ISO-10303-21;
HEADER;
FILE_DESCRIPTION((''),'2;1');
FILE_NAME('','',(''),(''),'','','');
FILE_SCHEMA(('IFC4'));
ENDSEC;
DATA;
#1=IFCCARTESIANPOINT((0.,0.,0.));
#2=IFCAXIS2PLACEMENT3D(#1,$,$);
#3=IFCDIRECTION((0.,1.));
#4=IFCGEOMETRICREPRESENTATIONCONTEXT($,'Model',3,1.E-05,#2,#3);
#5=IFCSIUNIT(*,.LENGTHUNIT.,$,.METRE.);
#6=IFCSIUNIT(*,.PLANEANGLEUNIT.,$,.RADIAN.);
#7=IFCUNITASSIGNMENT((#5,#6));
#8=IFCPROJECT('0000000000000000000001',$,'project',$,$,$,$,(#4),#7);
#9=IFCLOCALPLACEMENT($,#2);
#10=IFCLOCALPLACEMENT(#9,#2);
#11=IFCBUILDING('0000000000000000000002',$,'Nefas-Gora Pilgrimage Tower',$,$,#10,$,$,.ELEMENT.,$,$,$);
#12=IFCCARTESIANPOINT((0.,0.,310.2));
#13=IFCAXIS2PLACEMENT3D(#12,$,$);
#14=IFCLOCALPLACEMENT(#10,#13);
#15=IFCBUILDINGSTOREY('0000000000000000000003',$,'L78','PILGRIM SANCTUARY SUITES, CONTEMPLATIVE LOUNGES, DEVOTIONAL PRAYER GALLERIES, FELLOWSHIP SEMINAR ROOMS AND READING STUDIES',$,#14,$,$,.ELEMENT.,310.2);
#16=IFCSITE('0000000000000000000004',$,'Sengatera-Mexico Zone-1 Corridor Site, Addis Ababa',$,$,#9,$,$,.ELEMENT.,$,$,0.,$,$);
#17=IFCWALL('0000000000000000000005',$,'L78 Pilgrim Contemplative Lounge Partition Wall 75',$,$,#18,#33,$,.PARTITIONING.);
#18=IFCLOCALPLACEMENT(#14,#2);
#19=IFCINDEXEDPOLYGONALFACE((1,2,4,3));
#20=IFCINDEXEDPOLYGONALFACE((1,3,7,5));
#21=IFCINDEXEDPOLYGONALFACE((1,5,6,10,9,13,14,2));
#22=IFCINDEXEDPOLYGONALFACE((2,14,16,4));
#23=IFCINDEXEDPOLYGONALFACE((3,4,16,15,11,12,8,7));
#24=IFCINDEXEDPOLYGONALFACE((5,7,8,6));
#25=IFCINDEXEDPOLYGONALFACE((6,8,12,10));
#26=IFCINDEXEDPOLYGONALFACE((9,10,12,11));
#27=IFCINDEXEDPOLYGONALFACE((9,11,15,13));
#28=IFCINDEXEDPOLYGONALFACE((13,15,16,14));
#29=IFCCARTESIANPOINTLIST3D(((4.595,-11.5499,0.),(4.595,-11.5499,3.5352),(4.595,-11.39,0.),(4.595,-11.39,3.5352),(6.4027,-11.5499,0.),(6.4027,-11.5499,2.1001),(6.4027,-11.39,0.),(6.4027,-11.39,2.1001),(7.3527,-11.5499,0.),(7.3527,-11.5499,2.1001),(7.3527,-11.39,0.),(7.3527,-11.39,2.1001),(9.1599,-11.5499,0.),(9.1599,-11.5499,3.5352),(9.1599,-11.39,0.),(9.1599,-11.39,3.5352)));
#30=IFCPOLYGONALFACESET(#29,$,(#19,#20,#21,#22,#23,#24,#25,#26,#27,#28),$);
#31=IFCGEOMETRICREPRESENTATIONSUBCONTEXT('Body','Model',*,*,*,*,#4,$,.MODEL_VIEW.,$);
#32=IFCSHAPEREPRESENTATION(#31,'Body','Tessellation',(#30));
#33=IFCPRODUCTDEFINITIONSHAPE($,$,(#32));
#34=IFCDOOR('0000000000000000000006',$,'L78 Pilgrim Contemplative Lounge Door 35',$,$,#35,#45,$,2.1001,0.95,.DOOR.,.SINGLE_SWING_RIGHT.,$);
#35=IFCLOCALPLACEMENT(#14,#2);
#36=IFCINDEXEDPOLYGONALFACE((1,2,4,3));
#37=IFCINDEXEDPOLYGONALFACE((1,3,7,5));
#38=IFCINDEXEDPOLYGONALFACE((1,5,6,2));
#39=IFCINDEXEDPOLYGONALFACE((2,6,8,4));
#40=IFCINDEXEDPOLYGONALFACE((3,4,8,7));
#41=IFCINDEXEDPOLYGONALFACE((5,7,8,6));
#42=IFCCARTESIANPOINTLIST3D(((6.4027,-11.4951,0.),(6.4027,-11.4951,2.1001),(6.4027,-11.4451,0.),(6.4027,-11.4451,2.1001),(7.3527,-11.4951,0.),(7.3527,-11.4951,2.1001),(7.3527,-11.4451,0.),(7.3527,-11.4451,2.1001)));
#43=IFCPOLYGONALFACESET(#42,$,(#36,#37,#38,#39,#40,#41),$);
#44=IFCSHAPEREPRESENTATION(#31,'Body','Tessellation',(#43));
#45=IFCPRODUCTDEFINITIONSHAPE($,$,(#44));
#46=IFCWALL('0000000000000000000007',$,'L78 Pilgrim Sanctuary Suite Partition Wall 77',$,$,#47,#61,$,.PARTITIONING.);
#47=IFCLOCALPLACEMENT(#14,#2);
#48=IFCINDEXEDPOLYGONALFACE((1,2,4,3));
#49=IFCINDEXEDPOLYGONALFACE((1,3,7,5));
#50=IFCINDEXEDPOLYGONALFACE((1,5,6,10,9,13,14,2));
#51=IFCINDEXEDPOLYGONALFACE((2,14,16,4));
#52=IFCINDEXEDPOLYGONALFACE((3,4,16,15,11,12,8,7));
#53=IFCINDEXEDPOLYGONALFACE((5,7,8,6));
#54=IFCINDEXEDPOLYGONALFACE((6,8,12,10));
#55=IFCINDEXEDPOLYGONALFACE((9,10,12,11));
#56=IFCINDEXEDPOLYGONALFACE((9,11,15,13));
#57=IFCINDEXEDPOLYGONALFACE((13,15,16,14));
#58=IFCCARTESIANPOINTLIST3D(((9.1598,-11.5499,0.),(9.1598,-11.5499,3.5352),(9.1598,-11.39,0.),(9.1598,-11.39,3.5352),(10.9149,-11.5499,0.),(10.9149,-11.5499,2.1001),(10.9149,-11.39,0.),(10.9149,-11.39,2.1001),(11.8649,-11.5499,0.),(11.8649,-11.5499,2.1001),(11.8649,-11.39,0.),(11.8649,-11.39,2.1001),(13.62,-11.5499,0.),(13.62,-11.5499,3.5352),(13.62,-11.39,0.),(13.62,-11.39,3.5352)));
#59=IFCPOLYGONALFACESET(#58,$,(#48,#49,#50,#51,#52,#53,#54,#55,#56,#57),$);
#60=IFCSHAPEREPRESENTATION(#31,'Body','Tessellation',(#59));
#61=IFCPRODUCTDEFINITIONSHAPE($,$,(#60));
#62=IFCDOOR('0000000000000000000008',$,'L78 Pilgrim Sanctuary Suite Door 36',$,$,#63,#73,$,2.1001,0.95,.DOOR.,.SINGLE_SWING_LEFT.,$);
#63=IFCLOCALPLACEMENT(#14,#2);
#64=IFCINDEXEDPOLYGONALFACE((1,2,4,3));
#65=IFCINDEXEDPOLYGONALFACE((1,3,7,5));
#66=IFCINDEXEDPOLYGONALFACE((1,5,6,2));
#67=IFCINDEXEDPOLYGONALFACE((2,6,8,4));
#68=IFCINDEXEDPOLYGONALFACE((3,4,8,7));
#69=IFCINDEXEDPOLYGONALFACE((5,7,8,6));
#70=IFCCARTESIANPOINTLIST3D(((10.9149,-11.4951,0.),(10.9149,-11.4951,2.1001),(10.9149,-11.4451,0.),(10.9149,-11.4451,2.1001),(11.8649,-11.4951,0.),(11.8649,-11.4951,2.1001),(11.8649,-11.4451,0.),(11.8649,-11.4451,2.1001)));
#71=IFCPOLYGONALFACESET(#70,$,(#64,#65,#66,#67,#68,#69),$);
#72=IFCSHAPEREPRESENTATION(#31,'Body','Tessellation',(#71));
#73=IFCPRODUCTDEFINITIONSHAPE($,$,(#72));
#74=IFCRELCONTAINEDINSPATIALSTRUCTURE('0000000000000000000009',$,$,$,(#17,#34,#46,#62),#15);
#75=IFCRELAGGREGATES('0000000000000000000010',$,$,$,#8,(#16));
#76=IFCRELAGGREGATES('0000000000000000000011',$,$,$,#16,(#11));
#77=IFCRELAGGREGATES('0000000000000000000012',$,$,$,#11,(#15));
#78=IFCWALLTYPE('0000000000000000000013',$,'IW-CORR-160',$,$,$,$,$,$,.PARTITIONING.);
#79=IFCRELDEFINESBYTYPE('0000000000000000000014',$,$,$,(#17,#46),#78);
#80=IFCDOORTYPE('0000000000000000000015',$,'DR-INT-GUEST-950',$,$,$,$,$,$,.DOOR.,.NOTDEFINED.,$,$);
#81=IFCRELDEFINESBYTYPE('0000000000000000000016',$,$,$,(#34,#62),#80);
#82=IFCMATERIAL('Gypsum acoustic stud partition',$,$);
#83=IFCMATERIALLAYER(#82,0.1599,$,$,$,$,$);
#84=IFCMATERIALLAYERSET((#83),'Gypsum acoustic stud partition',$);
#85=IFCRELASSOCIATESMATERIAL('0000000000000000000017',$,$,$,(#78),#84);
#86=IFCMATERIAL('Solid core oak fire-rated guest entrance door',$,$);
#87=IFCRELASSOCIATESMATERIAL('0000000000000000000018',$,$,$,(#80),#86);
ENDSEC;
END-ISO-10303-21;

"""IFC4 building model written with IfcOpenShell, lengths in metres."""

from ifc_helpers import new_model, si_unit, direction, frame, frame_2d, origin, place, context, subcontext, project, spatial, rectangle, extrude, source, transform, mapped, material, layer, layer_set, type_object, element, fill, save


model = new_model("IFC4")

# Units and contexts
model_context = context("Model", 3, precision=1e-05, world=origin(), true_north=direction((0.0, 1.0)))
body_context = subcontext(model_context, "Body", "Model", "MODEL_VIEW")
ifc_project = project(units=[si_unit("LENGTHUNIT", "METRE"), si_unit("PLANEANGLEUNIT", "RADIAN")], contexts=[model_context])

# Site, building, storey
site_placement = place(None, origin())
site = spatial("IfcSite", under=ifc_project, at=site_placement, Name="Sengatera-Mexico Zone-1 Corridor Site, Addis Ababa", CompositionType="ELEMENT", RefElevation=0.0)
building_placement = place(site_placement, origin())
building = spatial("IfcBuilding", under=site, at=building_placement, Name="Nefas-Gora Pilgrimage Tower", CompositionType="ELEMENT")
storey_placement = place(building_placement, frame((0.0, 0.0, 310.2)))
storey = spatial("IfcBuildingStorey", under=building, at=storey_placement, Name="L78", Description="PILGRIM SANCTUARY SUITES, CONTEMPLATIVE LOUNGES, DEVOTIONAL PRAYER GALLERIES, FELLOWSHIP SEMINAR ROOMS AND READING STUDIES", CompositionType="ELEMENT", Elevation=310.2)

# Shared definitions
ifc_material_1 = material(Name="Gypsum acoustic stud partition")
ifc_layer_1 = layer(ifc_material_1, 0.1599)
ifc_layer_set_1 = layer_set([ifc_layer_1], Name="Gypsum acoustic stud partition")
wall_type_1 = type_object("IfcWallType", Name="IW-CORR-160", PredefinedType="PARTITIONING", material=ifc_layer_set_1)
ifc_material_2 = material(Name="Solid core oak fire-rated guest entrance door")
door_type_1 = type_object("IfcDoorType", Name="DR-INT-GUEST-950", OperationType="NOTDEFINED", PredefinedType="DOOR", material=ifc_material_2)
shared_shape_1 = source(origin(), body_context, "Body", "SweptSolid", [
    extrude(rectangle(XDim=0.95, YDim=2.1001, at=frame_2d((0.4751, 1.05))), frame((0.0, 0.0249, 0.0), z_axis=(0.0, -1.0, 0.0), x_axis=(1.0, 0.0, 0.0)), (0.0, 0.0, 1.0), 0.05),
])

# Walls, openings, doors
shared_shape_2 = source(origin(), body_context, "Body", "SweptSolid", [
    extrude(rectangle(XDim=4.5649, YDim=0.1599, at=frame_2d((2.2825, 0.0))), origin(), (0.0, 0.0, 1.0), 3.5352),
])
wall_1_placement = place(storey_placement, frame((4.595, -11.47, 0.0), z_axis=(0.0, 0.0, 1.0), x_axis=(1.0, 0.0, 0.0)))
wall_1 = element("IfcWall", 1, at=wall_1_placement, inside=storey, type_object=wall_type_1, Name="L78 Pilgrim Contemplative Lounge Partition Wall 75", PredefinedType="PARTITIONING", context=body_context, shape_type="MappedRepresentation", body=[
    mapped(shared_shape_2, transform((0.0, 0.0, 0.0), x_axis=(1.0, 0.0, 0.0), y_axis=(0.0, 1.0, 0.0), z_axis=(0.0, 0.0, 1.0), scale=1.0)),
])
opening_1_placement = place(wall_1_placement, frame((1.8076, 0.0, 0.0)))
opening_1 = element("IfcOpeningElement", 2, at=opening_1_placement, cuts=wall_1, PredefinedType="OPENING", context=body_context, shape_type="SweptSolid", body=[
    extrude(rectangle(XDim=0.95, YDim=2.1001, at=frame_2d((0.4751, 1.05))), frame((0.0, 0.0898, 0.0), z_axis=(0.0, -1.0, 0.0), x_axis=(1.0, 0.0, 0.0)), (0.0, 0.0, 1.0), 0.1799),
])
door_1_placement = place(opening_1_placement, origin())
door_1 = element("IfcDoor", 3, at=door_1_placement, inside=storey, type_object=door_type_1, Name="L78 Pilgrim Contemplative Lounge Door 35", OperationType="SINGLE_SWING_RIGHT", OverallHeight=2.1001, OverallWidth=0.95, PredefinedType="DOOR", context=body_context, shape_type="MappedRepresentation", body=[
    mapped(shared_shape_1, transform((0.0, 0.0, 0.0), x_axis=(1.0, 0.0, 0.0), y_axis=(0.0, 1.0, 0.0), z_axis=(0.0, 0.0, 1.0), scale=1.0)),
])
fill(opening_1, door_1)
shared_shape_3 = source(origin(), body_context, "Body", "SweptSolid", [
    extrude(rectangle(XDim=4.4602, YDim=0.1599, at=frame_2d((2.23, 0.0))), origin(), (0.0, 0.0, 1.0), 3.5352),
])
wall_2_placement = place(storey_placement, frame((9.1599, -11.47, 0.0), z_axis=(0.0, 0.0, 1.0), x_axis=(1.0, 0.0, 0.0)))
wall_2 = element("IfcWall", 4, at=wall_2_placement, inside=storey, type_object=wall_type_1, Name="L78 Pilgrim Sanctuary Suite Partition Wall 77", PredefinedType="PARTITIONING", context=body_context, shape_type="MappedRepresentation", body=[
    mapped(shared_shape_3, transform((0.0, 0.0, 0.0), x_axis=(1.0, 0.0, 0.0), y_axis=(0.0, 1.0, 0.0), z_axis=(0.0, 0.0, 1.0), scale=1.0)),
])
opening_2_placement = place(wall_2_placement, frame((1.7549, 0.0, 0.0)))
opening_2 = element("IfcOpeningElement", 5, at=opening_2_placement, cuts=wall_2, PredefinedType="OPENING", context=body_context, shape_type="SweptSolid", body=[
    extrude(rectangle(XDim=0.95, YDim=2.1001, at=frame_2d((0.4751, 1.05))), frame((0.0, 0.0898, 0.0), z_axis=(0.0, -1.0, 0.0), x_axis=(1.0, 0.0, 0.0)), (0.0, 0.0, 1.0), 0.1799),
])
door_2_placement = place(opening_2_placement, origin())
door_2 = element("IfcDoor", 6, at=door_2_placement, inside=storey, type_object=door_type_1, Name="L78 Pilgrim Sanctuary Suite Door 36", OperationType="SINGLE_SWING_LEFT", OverallHeight=2.1001, OverallWidth=0.95, PredefinedType="DOOR", context=body_context, shape_type="MappedRepresentation", body=[
    mapped(shared_shape_1, transform((0.0, 0.0, 0.0), x_axis=(1.0, 0.0, 0.0), y_axis=(0.0, 1.0, 0.0), z_axis=(0.0, 0.0, 1.0), scale=1.0)),
])
fill(opening_2, door_2)

save(model, "model.ifc")
